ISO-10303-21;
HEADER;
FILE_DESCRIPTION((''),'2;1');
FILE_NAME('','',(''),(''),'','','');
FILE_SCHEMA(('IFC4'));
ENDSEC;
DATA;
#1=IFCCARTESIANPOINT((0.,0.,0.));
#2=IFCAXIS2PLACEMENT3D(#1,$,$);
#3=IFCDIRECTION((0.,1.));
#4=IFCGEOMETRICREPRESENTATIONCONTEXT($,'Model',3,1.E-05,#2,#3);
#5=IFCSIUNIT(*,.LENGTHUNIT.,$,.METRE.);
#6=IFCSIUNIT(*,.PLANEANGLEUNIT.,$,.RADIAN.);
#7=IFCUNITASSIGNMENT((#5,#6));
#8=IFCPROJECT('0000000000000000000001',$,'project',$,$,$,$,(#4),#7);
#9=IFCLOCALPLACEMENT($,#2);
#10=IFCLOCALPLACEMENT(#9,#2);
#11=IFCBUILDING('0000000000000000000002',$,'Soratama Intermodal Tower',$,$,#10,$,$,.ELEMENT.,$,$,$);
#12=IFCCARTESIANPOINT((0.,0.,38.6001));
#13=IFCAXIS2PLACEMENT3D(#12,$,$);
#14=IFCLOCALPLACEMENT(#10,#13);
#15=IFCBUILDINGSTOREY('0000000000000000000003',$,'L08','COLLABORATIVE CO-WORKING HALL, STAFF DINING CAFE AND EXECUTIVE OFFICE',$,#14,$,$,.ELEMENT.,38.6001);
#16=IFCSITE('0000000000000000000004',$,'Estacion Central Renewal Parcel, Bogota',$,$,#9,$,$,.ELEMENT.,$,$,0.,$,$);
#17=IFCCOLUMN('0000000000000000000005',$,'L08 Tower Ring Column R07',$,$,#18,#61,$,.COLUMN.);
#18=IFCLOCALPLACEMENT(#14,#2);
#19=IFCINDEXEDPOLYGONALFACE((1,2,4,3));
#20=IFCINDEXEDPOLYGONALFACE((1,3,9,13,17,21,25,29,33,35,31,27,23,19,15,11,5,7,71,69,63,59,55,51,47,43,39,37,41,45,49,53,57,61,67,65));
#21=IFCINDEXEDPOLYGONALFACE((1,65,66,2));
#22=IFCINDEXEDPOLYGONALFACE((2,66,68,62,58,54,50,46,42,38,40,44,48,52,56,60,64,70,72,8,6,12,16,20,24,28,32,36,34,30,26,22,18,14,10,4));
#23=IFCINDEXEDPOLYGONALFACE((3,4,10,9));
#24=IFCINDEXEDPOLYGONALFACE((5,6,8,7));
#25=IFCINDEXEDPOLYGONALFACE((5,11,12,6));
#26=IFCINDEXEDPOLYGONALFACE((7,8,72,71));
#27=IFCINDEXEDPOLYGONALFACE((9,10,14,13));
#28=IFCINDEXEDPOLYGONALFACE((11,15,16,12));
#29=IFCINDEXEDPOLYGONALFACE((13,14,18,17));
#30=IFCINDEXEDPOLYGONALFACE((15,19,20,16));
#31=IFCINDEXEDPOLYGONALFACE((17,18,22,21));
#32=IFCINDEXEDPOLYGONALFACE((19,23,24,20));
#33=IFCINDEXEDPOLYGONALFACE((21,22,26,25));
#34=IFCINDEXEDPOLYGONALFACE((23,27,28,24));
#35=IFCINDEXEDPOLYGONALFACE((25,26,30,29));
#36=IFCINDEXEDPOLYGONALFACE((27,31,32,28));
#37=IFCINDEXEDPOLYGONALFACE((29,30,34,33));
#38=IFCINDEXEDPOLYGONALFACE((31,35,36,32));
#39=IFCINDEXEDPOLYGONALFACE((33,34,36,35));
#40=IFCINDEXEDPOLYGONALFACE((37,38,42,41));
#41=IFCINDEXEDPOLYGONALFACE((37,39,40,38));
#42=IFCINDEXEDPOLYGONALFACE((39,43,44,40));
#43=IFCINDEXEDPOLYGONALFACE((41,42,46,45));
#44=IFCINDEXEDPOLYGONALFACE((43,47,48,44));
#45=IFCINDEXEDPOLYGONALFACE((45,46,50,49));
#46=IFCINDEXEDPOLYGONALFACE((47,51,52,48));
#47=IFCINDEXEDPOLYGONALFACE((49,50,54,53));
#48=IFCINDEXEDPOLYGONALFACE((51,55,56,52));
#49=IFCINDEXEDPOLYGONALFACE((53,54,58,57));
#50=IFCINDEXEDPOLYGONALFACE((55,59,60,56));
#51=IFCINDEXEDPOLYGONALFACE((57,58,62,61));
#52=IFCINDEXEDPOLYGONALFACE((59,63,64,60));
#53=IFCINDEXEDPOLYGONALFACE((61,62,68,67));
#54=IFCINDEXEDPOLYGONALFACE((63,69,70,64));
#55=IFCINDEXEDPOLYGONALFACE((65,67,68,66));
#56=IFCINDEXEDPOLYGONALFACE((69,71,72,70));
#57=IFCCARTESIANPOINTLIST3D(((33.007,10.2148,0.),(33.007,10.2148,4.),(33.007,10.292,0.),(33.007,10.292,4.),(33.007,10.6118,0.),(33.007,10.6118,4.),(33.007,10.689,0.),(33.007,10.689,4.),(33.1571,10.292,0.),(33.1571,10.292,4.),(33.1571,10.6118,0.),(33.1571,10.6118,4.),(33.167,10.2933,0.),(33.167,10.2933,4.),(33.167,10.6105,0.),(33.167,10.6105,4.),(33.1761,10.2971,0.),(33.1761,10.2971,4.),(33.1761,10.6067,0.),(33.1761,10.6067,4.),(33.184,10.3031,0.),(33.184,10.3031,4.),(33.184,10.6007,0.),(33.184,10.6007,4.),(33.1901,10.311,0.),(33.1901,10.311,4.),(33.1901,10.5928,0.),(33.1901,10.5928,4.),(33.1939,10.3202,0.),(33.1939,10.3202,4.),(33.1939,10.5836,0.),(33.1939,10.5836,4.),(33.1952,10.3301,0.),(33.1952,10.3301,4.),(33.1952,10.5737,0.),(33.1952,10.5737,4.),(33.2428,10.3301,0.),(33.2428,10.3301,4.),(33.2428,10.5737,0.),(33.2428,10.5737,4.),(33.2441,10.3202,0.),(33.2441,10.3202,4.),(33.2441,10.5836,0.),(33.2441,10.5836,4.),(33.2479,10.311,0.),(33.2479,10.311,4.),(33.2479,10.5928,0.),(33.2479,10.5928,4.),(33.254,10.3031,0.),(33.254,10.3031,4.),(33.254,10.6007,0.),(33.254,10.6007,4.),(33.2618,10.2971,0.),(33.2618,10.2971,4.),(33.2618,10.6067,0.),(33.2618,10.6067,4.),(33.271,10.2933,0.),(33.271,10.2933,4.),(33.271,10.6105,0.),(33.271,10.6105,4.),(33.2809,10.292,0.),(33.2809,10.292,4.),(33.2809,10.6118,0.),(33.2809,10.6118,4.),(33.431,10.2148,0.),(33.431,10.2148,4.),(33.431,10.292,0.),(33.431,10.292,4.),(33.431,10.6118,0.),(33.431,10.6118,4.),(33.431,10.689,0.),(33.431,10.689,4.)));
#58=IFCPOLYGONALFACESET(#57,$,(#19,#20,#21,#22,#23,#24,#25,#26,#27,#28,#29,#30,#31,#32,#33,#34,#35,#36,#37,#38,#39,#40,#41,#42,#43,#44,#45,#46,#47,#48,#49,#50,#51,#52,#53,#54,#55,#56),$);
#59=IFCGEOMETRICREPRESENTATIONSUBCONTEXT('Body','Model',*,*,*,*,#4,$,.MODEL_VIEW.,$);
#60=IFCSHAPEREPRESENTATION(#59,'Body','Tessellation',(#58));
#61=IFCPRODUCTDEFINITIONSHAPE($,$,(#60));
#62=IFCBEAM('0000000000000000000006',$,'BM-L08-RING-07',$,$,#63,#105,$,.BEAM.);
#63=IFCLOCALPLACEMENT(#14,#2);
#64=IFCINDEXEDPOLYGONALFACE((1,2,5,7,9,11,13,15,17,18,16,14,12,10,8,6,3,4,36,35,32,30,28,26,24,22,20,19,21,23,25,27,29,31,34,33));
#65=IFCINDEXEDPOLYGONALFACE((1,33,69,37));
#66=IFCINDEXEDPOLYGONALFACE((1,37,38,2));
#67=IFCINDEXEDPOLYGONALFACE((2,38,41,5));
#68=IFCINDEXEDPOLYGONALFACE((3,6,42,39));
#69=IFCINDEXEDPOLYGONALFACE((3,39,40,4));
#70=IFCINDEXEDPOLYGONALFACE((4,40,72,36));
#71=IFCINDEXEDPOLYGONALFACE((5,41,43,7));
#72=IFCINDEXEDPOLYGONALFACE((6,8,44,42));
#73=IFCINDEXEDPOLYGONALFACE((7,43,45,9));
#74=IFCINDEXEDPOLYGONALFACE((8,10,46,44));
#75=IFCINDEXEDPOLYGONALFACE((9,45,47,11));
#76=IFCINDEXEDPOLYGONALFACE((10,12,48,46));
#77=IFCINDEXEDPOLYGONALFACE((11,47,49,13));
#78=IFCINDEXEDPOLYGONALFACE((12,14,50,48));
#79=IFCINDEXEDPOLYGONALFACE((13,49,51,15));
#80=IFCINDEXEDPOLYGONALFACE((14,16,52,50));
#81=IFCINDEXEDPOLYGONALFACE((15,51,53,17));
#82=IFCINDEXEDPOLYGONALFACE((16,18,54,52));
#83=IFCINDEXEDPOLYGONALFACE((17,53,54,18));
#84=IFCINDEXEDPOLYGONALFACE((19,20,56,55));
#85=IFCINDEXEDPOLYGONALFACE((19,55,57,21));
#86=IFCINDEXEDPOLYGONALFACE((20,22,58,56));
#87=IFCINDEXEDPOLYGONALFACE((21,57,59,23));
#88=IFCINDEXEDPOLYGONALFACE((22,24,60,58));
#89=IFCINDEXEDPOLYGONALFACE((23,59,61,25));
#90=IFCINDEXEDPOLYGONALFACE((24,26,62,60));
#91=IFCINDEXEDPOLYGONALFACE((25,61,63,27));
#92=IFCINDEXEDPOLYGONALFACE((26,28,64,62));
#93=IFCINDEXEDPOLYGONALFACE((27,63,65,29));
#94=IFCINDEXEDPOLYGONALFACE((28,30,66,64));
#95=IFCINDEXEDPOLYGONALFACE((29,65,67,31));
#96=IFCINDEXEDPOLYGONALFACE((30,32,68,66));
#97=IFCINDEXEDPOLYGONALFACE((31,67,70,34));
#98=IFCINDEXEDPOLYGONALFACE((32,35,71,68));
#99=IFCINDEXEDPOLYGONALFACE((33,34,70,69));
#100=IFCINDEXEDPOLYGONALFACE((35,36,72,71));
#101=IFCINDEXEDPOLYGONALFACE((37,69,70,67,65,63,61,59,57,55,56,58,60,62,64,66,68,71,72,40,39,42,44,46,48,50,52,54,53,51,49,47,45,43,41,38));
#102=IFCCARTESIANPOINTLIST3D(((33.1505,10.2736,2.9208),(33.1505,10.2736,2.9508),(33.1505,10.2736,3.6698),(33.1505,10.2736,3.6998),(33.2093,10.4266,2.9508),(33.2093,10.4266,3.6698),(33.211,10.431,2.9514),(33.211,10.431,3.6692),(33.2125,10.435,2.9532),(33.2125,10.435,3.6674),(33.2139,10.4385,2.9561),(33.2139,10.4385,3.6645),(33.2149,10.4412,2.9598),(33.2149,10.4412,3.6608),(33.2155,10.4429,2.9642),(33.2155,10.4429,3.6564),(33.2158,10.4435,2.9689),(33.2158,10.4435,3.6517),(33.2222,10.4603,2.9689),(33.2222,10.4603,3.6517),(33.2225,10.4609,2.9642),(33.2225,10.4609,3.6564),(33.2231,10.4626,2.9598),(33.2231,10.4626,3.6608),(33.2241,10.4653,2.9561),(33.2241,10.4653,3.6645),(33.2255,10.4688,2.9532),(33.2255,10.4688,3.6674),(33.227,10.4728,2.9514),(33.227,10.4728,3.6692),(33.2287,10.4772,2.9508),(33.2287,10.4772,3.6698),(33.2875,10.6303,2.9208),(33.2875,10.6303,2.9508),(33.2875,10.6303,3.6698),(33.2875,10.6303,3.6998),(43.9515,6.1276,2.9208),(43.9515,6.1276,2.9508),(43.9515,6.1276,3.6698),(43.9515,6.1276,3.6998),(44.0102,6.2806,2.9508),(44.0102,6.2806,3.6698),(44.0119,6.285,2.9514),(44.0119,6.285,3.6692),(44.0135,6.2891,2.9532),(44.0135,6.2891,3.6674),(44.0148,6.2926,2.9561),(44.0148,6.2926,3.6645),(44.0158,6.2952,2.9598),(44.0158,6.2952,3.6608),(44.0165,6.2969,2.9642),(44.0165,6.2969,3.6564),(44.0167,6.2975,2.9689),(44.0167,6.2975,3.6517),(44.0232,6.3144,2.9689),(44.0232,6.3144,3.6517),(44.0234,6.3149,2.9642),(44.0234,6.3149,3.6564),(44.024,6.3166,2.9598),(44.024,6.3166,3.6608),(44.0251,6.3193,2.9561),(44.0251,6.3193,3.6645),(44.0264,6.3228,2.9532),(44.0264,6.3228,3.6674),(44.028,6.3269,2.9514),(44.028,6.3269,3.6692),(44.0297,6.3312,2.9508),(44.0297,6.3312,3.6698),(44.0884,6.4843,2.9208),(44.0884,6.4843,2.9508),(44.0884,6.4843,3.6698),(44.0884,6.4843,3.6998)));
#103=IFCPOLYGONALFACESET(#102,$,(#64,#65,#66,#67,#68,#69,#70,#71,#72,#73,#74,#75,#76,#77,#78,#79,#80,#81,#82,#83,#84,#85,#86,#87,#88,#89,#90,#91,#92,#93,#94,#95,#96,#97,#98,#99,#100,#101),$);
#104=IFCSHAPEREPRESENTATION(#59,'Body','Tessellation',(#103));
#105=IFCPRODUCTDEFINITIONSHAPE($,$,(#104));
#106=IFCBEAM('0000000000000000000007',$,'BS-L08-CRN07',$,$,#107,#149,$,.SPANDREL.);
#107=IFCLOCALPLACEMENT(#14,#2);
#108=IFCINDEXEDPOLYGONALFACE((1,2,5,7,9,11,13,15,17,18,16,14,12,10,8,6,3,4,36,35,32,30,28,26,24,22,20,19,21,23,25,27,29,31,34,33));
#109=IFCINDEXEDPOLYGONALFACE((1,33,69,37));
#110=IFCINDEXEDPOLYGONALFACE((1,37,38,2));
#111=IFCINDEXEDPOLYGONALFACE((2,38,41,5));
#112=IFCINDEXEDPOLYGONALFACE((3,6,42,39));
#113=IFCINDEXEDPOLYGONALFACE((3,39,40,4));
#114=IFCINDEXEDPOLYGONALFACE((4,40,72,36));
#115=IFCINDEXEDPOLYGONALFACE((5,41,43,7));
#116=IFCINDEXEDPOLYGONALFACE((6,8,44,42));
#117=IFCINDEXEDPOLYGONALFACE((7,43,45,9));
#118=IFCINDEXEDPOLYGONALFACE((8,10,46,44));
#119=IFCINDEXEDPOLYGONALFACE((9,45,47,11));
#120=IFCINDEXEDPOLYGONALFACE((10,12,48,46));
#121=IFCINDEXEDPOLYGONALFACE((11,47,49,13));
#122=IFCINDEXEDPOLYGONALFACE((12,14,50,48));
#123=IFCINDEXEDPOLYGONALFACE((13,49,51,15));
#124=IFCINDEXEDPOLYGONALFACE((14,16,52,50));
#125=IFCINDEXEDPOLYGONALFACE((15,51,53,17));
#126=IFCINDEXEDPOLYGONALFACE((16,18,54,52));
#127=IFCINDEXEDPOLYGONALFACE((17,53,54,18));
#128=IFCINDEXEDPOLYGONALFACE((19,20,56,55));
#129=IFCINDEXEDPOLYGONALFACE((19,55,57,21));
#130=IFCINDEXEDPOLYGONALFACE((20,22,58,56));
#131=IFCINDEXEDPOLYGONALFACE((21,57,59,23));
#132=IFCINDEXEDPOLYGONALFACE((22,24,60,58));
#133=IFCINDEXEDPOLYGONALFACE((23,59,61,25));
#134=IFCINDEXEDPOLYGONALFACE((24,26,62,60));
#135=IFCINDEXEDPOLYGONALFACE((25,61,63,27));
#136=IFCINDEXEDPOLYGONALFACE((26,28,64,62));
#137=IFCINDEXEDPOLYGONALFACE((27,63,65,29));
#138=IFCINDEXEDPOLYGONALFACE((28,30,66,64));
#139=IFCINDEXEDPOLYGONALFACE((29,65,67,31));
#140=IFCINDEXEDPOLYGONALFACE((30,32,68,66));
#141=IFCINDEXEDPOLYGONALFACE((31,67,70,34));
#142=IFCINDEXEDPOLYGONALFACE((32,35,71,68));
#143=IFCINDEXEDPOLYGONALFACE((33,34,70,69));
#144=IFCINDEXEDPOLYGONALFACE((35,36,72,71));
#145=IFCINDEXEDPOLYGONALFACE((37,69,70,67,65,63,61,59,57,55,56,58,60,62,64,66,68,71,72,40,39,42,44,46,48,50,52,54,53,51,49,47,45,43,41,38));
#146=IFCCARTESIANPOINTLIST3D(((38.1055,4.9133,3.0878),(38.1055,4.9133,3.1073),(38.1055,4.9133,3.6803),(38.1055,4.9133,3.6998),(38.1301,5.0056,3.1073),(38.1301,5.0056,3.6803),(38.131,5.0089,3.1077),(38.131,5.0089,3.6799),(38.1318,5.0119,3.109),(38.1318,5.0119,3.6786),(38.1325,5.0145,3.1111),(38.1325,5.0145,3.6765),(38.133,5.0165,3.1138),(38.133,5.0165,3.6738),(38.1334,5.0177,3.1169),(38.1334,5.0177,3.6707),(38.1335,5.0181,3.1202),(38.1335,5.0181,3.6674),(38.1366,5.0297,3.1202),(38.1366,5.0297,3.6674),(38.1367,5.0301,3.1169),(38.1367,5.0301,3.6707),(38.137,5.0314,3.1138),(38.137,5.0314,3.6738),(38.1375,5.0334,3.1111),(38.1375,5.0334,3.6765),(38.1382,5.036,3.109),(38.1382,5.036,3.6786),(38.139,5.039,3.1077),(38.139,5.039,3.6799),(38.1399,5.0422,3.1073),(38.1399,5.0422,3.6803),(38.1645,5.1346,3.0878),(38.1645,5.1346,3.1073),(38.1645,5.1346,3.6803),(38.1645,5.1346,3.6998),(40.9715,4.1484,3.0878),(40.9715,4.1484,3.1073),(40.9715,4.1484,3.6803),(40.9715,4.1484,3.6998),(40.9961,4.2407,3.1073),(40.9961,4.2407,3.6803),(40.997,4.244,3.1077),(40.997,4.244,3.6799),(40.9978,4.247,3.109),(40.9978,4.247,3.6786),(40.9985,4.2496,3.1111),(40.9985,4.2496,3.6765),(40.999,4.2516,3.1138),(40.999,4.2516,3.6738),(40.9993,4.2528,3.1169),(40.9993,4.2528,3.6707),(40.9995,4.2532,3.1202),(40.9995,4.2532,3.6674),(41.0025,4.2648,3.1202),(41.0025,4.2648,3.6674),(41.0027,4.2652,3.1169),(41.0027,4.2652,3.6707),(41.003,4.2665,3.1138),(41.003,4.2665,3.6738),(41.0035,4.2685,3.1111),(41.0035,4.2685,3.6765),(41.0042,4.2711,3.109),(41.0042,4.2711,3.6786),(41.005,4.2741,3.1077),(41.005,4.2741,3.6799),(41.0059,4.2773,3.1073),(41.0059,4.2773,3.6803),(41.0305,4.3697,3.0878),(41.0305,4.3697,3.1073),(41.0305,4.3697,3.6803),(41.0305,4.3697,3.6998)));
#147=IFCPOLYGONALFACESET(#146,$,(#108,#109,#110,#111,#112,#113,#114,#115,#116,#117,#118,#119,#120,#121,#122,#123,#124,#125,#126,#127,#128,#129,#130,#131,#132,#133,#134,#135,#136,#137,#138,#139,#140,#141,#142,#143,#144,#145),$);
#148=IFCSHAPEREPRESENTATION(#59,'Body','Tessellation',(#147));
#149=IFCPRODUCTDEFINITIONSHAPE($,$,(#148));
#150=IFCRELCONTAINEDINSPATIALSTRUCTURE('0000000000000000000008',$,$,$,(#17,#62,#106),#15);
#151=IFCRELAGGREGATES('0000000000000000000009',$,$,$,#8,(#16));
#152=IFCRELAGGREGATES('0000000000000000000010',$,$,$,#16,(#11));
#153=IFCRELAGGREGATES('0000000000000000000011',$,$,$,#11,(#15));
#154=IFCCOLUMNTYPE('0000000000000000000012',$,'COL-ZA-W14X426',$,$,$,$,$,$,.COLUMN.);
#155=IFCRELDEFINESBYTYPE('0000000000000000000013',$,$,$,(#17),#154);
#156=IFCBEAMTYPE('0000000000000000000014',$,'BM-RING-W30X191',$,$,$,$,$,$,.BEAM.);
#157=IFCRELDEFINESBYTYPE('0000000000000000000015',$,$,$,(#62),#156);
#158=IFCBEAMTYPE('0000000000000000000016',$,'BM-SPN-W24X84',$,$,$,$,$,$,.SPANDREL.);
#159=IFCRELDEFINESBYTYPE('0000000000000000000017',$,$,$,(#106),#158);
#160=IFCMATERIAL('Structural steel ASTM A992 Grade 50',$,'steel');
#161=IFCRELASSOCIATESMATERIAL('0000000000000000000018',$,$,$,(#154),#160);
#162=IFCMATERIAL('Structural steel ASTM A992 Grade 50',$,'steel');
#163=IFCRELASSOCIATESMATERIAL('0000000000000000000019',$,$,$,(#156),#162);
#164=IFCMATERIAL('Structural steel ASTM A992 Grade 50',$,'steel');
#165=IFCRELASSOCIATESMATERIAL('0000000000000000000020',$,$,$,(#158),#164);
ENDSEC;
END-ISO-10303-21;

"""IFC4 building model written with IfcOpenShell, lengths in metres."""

from ifc_helpers import new_model, si_unit, direction, frame, origin, origin_2d, place, context, subcontext, project, spatial, i_section, extrude, material, material_profile, profile_set, type_object, element, save


model = new_model("IFC4")

# Units and contexts
model_context = context("Model", 3, precision=1e-05, world=origin(), true_north=direction((0.0, 1.0)))
body_context = subcontext(model_context, "Body", "Model", "MODEL_VIEW")
ifc_project = project(units=[si_unit("LENGTHUNIT", "METRE"), si_unit("PLANEANGLEUNIT", "RADIAN")], contexts=[model_context])

# Site, building, storey
site_placement = place(None, origin())
site = spatial("IfcSite", under=ifc_project, at=site_placement, Name="Estacion Central Renewal Parcel, Bogota", CompositionType="ELEMENT", RefElevation=0.0)
building_placement = place(site_placement, origin())
building = spatial("IfcBuilding", under=site, at=building_placement, Name="Soratama Intermodal Tower", CompositionType="ELEMENT")
storey_placement = place(building_placement, frame((0.0, 0.0, 38.6001)))
storey = spatial("IfcBuildingStorey", under=building, at=storey_placement, Name="L08", Description="COLLABORATIVE CO-WORKING HALL, STAFF DINING CAFE AND EXECUTIVE OFFICE", CompositionType="ELEMENT", Elevation=38.6001)

# Column
ifc_material_1 = material(Name="Structural steel ASTM A992 Grade 50", Category="steel")
ifc_material_profile_1 = material_profile(ifc_material_1, i_section(OverallWidth=0.4241, OverallDepth=0.4741, WebThickness=0.0476, FlangeThickness=0.0771, FilletRadius=0.0381, at=origin_2d()), Name="W14X426")
ifc_profile_set_1 = profile_set([ifc_material_profile_1], Name="Structural steel ASTM A992 Grade 50")
column_type = type_object("IfcColumnType", Name="COL-ZA-W14X426", PredefinedType="COLUMN", material=ifc_profile_set_1)
column_placement = place(storey_placement, frame((33.219, 10.4519, 0.0), z_axis=(0.0, 0.0, 1.0), x_axis=(1.0, 0.0, 0.0)))
element("IfcColumn", 1, at=column_placement, inside=storey, type_object=column_type, Name="L08 Tower Ring Column R07", PredefinedType="COLUMN", context=body_context, shape_type="SweptSolid", body=[
    extrude(i_section(OverallWidth=0.4241, OverallDepth=0.4741, WebThickness=0.0476, FlangeThickness=0.0771, FilletRadius=0.0381, at=origin_2d()), origin(), (0.0, 0.0, 1.0), 4.0),
])

# Beams
ifc_material_2 = material(Name="Structural steel ASTM A992 Grade 50", Category="steel")
ifc_material_profile_2 = material_profile(ifc_material_2, i_section(OverallWidth=0.3821, OverallDepth=0.7791, WebThickness=0.0181, FlangeThickness=0.03, FilletRadius=0.0181, at=origin_2d()), Name="W30X191")
ifc_profile_set_2 = profile_set([ifc_material_profile_2], Name="Structural steel ASTM A992 Grade 50")
beam_type_1 = type_object("IfcBeamType", Name="BM-RING-W30X191", PredefinedType="BEAM", material=ifc_profile_set_2)
beam_1_placement = place(storey_placement, frame((33.219, 10.4519, 3.3103), z_axis=(0.933584, -0.358358, 0.0), x_axis=(0.358358, 0.933584, 0.0)))
element("IfcBeam", 2, at=beam_1_placement, inside=storey, type_object=beam_type_1, Name="BM-L08-RING-07", PredefinedType="BEAM", context=body_context, shape_type="SweptSolid", body=[
    extrude(i_section(OverallWidth=0.3821, OverallDepth=0.7791, WebThickness=0.0181, FlangeThickness=0.03, FilletRadius=0.0181, at=origin_2d()), origin(), (0.0, 0.0, 1.0), 11.5693),
])
ifc_material_3 = material(Name="Structural steel ASTM A992 Grade 50", Category="steel")
ifc_material_profile_3 = material_profile(ifc_material_3, i_section(OverallWidth=0.229, OverallDepth=0.6121, WebThickness=0.012, FlangeThickness=0.0195, FilletRadius=0.0129, at=origin_2d()), Name="W24X84")
ifc_profile_set_3 = profile_set([ifc_material_profile_3], Name="Structural steel ASTM A992 Grade 50")
beam_type_2 = type_object("IfcBeamType", Name="BM-SPN-W24X84", PredefinedType="SPANDREL", material=ifc_profile_set_3)
beam_2_placement = place(storey_placement, frame((38.135, 5.0239, 3.3938), z_axis=(0.966182, -0.257862, 0.0), x_axis=(0.257862, 0.966182, 0.0)))
element("IfcBeam", 3, at=beam_2_placement, inside=storey, type_object=beam_type_2, Name="BS-L08-CRN07", PredefinedType="SPANDREL", context=body_context, shape_type="SweptSolid", body=[
    extrude(i_section(OverallWidth=0.229, OverallDepth=0.6121, WebThickness=0.012, FlangeThickness=0.0195, FilletRadius=0.0129, at=origin_2d()), origin(), (0.0, 0.0, 1.0), 2.9663),
])

save(model, "model.ifc")
